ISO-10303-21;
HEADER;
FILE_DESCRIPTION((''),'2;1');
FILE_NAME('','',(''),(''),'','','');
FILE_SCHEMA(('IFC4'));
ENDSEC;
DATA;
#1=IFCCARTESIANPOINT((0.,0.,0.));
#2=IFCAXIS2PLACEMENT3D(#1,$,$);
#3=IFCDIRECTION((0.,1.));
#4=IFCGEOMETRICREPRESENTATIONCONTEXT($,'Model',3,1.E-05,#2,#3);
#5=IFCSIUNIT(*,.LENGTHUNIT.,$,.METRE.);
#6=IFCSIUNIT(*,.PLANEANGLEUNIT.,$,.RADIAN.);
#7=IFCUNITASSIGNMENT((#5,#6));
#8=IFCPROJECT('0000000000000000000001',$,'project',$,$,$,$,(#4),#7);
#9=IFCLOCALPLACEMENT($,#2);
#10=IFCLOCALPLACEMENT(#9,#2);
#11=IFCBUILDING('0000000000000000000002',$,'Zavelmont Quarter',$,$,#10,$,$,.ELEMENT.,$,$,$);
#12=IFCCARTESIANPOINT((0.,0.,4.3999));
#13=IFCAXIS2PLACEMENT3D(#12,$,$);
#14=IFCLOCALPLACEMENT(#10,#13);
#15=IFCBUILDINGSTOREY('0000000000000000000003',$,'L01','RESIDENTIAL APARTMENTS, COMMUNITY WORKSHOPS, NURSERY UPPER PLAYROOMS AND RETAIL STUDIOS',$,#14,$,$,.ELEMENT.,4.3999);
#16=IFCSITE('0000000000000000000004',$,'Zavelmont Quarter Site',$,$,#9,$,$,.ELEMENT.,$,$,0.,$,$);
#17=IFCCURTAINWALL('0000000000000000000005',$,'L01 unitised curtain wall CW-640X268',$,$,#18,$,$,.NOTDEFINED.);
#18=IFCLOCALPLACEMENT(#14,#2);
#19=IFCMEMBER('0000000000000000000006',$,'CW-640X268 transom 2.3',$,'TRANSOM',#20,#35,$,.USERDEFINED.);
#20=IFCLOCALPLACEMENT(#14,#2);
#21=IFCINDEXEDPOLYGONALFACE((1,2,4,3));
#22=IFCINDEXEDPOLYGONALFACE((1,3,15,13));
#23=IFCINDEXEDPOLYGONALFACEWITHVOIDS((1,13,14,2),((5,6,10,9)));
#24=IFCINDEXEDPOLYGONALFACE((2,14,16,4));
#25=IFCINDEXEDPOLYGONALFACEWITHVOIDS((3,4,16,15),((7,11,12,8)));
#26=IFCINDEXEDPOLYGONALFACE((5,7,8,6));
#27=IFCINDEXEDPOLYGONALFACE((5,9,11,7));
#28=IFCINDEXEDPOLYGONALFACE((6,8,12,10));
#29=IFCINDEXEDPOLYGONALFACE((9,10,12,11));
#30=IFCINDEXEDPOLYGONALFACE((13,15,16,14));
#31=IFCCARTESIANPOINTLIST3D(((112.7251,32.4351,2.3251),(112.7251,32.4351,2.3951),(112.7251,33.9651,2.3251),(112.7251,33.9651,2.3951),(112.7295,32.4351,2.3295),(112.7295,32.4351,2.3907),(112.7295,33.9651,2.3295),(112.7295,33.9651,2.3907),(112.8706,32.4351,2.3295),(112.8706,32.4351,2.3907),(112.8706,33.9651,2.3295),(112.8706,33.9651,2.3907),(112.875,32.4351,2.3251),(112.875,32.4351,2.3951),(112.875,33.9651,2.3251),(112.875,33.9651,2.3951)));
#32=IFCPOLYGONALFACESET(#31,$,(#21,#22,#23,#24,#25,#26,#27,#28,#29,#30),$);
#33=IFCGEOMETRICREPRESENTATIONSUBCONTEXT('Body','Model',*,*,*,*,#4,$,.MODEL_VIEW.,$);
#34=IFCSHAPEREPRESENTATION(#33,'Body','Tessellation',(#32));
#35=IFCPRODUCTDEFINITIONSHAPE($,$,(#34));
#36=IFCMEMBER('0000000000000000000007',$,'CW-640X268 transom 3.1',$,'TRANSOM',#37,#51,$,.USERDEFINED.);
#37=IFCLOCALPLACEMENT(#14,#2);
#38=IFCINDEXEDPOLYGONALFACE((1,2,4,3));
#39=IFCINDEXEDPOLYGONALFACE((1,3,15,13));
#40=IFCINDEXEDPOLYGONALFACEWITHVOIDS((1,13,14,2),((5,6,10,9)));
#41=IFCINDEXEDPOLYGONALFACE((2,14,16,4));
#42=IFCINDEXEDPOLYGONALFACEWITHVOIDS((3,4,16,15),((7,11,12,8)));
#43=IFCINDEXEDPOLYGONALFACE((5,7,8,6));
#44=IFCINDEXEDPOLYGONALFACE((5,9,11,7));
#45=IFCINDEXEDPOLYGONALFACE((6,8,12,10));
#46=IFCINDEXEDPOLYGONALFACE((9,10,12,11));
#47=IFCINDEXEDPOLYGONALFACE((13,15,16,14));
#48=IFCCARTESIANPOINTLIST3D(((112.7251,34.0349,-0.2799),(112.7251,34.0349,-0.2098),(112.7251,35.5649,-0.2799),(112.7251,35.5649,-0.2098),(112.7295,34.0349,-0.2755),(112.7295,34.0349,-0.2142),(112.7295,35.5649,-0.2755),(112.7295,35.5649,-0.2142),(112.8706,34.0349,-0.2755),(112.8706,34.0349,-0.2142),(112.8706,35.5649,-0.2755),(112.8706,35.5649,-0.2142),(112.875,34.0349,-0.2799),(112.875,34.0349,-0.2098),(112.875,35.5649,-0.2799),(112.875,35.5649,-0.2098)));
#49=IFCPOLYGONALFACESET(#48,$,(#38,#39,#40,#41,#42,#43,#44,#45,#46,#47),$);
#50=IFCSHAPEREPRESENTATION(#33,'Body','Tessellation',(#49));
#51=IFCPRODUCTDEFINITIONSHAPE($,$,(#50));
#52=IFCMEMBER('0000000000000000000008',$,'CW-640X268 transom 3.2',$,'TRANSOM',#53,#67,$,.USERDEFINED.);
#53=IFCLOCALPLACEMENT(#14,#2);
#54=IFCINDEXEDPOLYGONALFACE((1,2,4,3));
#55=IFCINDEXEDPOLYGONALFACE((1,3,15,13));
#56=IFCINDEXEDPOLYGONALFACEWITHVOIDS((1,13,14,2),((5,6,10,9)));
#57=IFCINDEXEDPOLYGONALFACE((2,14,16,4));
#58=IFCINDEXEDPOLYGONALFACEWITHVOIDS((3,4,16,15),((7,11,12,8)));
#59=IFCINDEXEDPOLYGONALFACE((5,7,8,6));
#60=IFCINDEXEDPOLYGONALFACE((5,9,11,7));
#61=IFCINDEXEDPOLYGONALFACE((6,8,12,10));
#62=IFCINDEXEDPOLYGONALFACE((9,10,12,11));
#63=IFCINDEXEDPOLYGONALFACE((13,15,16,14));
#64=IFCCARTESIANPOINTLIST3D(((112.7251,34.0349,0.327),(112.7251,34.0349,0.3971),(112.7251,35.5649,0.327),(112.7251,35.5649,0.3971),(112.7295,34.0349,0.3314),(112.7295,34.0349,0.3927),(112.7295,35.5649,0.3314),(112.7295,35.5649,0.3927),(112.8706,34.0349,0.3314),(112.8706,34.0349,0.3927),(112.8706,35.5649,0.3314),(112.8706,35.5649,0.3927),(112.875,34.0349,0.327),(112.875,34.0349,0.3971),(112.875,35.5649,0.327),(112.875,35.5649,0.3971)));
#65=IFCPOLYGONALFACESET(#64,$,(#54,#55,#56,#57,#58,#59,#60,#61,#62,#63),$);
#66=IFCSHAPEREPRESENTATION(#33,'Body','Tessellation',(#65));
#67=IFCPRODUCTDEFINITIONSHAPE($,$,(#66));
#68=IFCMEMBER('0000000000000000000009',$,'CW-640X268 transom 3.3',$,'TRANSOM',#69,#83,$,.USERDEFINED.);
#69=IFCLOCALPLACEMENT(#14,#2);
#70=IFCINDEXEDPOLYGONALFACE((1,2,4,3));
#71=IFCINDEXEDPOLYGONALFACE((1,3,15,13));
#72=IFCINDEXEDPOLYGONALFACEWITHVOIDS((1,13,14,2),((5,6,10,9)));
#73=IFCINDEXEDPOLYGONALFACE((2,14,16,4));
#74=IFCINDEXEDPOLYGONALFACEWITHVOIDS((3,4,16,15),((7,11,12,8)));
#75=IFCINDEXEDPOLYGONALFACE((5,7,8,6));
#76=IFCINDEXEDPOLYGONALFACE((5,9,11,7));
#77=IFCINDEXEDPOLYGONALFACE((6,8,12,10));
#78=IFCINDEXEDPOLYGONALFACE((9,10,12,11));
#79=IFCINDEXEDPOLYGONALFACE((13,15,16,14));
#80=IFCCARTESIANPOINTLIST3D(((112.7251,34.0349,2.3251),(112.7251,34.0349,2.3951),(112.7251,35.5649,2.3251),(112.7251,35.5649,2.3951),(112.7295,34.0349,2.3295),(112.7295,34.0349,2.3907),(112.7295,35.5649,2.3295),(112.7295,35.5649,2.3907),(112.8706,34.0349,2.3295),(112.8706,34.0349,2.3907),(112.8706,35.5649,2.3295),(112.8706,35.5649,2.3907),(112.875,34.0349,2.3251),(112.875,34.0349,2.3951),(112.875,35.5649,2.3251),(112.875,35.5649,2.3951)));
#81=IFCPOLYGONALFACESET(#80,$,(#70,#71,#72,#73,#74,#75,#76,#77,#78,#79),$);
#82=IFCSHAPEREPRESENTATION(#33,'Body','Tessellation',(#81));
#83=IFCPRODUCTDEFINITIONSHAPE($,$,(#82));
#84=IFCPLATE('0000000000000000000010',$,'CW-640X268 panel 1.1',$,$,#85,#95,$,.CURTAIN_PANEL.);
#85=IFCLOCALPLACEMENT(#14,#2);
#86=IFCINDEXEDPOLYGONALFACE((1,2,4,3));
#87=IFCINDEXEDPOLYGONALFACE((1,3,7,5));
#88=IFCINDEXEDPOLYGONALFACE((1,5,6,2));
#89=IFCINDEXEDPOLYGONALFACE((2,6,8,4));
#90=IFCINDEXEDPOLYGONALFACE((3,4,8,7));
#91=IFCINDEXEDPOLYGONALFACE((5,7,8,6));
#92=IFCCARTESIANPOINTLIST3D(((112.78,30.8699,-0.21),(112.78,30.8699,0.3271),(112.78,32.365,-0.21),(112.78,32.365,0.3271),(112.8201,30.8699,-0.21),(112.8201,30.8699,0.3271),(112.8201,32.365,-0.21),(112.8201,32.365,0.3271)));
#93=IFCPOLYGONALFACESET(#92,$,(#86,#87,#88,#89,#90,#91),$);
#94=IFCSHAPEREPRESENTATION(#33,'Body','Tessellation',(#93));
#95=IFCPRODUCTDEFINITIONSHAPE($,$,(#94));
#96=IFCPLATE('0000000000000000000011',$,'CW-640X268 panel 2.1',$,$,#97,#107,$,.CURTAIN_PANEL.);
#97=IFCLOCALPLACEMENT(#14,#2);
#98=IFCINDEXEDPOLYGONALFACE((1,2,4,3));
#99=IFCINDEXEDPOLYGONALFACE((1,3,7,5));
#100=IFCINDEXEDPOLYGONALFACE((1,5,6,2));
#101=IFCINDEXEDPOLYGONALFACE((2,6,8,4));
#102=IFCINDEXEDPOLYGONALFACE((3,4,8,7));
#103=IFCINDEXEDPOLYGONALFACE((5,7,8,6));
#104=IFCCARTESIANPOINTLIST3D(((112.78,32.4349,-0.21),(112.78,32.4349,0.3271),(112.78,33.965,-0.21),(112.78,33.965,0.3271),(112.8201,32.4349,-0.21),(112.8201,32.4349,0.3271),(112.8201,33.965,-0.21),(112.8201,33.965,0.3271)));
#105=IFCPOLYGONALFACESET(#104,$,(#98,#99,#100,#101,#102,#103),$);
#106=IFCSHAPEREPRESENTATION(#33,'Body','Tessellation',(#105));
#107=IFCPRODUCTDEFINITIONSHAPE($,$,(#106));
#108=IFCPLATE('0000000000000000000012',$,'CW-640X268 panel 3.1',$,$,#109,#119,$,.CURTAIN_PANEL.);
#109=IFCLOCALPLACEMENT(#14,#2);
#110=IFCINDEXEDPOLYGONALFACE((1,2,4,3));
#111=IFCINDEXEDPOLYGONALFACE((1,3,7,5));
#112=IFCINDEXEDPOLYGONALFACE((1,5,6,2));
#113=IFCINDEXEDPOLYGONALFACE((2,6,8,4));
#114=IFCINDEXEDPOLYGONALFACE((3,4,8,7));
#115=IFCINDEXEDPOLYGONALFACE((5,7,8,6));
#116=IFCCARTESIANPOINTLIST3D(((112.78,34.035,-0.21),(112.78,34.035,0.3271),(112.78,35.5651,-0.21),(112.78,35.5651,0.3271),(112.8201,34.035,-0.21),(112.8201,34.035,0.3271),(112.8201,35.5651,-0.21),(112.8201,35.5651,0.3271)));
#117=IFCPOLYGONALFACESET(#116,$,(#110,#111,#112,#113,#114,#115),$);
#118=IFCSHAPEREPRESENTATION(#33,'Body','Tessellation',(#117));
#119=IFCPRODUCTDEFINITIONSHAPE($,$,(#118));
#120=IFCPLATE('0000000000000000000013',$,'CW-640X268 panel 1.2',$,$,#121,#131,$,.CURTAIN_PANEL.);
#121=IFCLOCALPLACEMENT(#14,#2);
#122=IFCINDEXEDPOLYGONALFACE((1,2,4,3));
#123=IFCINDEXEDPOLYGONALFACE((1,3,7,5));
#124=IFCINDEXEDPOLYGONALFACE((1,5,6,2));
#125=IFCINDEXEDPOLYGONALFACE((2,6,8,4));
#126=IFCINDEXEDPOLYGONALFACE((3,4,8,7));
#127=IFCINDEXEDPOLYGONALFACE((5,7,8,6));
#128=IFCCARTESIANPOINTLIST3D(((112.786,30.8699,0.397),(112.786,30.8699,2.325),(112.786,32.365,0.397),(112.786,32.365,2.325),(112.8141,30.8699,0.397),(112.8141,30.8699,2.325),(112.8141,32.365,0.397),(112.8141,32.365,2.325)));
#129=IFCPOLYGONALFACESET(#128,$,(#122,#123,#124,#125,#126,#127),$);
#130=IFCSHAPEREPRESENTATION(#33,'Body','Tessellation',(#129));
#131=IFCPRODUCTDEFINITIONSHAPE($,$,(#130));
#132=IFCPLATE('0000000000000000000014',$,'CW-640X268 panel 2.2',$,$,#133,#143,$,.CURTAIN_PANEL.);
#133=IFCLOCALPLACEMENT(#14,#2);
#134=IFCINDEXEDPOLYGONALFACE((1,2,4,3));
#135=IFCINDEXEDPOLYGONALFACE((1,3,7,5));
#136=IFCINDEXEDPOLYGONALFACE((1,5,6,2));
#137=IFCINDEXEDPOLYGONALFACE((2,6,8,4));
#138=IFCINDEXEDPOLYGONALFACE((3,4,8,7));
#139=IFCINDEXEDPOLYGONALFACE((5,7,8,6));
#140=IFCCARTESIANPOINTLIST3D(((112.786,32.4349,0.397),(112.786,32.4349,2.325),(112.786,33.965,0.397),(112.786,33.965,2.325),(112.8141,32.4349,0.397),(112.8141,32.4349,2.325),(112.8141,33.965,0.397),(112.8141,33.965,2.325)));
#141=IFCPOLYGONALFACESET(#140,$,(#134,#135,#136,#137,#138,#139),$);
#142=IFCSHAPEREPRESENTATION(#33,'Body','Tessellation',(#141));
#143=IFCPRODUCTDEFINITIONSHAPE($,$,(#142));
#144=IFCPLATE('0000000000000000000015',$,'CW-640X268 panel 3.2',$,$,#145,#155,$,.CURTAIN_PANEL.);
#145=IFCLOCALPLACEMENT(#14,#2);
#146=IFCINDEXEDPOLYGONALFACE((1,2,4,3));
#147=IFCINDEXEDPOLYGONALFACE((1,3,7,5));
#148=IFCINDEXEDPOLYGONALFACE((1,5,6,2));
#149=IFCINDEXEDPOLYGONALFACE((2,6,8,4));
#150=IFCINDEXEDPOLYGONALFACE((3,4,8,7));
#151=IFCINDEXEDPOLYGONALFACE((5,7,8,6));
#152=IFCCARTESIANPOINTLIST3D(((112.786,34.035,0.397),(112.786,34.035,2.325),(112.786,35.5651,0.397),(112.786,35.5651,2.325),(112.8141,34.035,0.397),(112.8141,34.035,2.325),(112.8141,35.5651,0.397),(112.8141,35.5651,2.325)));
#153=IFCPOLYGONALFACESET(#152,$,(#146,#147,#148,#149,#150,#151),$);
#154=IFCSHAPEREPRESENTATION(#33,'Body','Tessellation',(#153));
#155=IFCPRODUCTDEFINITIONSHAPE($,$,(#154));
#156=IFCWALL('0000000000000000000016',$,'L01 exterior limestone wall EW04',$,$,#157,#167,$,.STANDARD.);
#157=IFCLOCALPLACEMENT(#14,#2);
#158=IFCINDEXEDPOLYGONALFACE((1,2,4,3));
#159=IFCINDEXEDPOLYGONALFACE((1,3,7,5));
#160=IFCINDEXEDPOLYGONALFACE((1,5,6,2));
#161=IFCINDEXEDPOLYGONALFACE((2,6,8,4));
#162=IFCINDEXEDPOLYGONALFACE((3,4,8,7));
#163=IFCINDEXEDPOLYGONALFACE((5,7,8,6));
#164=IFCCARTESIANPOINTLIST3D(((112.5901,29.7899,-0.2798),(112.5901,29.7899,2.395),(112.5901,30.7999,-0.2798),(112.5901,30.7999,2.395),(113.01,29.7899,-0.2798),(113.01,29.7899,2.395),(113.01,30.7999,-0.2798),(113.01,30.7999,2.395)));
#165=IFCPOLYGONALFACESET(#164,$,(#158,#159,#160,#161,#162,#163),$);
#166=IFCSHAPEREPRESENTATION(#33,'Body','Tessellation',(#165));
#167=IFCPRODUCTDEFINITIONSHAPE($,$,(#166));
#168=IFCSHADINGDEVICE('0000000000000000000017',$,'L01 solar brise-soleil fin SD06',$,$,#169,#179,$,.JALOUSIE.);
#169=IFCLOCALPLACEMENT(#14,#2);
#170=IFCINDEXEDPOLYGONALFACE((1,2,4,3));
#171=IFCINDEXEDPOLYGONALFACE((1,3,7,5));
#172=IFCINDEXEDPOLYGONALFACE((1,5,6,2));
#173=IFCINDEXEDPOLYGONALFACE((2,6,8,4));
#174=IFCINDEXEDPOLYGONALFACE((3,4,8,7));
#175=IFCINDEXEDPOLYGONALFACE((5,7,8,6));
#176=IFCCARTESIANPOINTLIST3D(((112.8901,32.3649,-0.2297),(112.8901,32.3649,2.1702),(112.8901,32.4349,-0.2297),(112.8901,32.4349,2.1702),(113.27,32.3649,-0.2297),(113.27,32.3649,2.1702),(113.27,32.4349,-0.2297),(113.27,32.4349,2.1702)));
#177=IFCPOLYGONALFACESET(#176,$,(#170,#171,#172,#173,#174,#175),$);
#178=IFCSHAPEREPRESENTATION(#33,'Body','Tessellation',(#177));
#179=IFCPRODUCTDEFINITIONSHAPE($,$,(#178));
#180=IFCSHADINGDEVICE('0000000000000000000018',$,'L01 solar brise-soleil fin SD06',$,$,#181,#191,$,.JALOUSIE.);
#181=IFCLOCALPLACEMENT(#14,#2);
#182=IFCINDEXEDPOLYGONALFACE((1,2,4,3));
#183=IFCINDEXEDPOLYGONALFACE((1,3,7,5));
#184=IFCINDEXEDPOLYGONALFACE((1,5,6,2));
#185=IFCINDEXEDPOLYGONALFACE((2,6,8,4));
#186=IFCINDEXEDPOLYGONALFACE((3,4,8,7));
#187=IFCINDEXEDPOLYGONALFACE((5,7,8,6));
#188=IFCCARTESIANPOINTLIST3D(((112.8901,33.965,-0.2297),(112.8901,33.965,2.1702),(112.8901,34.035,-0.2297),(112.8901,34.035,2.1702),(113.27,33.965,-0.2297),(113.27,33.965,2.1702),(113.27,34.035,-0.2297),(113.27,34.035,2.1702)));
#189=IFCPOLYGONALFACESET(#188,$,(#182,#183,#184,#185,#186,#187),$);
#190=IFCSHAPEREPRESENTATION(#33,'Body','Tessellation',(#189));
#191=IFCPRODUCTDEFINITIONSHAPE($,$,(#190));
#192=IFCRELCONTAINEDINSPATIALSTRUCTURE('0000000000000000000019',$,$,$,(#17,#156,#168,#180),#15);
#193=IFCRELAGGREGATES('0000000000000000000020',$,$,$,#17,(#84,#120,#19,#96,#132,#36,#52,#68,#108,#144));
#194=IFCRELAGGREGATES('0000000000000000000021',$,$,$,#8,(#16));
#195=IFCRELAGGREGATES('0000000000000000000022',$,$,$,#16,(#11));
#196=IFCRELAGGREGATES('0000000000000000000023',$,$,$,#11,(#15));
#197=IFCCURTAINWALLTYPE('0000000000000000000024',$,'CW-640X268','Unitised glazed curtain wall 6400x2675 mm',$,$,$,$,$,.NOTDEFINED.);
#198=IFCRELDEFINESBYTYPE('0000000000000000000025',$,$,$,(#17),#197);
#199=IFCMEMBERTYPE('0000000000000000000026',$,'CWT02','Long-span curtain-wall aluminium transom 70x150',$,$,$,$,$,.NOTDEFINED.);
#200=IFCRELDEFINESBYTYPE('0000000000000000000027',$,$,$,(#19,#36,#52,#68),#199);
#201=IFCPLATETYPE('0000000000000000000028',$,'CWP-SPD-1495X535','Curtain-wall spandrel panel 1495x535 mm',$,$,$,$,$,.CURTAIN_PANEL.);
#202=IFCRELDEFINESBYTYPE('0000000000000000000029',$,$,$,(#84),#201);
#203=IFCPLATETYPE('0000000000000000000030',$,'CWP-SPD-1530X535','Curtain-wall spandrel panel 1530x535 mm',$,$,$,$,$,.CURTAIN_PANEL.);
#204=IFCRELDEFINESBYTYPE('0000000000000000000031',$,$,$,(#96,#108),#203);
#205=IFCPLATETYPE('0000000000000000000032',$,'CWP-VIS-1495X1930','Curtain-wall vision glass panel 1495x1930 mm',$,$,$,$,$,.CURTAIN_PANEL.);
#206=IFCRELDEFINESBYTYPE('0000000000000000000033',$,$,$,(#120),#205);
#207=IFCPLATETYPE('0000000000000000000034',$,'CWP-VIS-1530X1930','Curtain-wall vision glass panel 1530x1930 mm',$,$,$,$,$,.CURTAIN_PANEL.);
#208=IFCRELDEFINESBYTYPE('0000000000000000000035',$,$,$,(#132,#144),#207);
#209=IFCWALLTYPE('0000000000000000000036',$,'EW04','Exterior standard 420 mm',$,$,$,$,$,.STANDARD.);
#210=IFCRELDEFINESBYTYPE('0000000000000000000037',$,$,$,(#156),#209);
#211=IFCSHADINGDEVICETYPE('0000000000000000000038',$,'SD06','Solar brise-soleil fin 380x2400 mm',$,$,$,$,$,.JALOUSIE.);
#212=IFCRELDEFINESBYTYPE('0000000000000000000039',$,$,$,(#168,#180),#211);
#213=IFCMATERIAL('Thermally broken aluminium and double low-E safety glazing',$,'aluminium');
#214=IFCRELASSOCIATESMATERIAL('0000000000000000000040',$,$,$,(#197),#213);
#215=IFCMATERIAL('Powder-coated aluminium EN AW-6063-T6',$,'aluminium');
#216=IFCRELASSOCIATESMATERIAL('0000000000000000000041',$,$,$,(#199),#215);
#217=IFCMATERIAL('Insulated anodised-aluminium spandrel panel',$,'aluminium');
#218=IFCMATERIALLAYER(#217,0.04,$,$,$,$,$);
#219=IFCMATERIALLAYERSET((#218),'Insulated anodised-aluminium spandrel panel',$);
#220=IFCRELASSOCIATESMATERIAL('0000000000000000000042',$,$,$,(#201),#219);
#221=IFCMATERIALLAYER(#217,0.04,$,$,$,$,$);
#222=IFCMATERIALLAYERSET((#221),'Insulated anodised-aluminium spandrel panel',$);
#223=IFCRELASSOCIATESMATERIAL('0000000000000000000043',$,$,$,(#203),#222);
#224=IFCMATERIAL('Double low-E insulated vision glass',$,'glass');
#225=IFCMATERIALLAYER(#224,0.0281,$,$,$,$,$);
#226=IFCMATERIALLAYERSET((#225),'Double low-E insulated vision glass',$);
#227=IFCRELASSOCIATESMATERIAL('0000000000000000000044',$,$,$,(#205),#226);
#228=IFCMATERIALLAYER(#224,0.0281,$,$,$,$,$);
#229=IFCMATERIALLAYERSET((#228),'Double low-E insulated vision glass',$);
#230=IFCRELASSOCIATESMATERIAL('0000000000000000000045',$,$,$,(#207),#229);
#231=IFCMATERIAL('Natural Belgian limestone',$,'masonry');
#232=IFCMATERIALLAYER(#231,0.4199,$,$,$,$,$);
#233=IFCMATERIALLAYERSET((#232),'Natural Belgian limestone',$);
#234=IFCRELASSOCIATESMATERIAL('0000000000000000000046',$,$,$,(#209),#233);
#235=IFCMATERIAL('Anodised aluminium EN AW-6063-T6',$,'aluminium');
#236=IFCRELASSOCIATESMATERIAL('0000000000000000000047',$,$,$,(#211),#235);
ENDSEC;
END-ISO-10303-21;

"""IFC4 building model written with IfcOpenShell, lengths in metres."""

from ifc_helpers import new_model, si_unit, direction, frame, frame_2d, origin, origin_2d, place, context, subcontext, project, spatial, rectangle, hollow_rectangle, extrude, material, layer, layer_set, material_profile, profile_set, type_object, element, aggregate, save


model = new_model("IFC4")

# Units and contexts
model_context = context("Model", 3, precision=1e-05, world=origin(), true_north=direction((0.0, 1.0)))
body_context = subcontext(model_context, "Body", "Model", "MODEL_VIEW")
ifc_project = project(units=[si_unit("LENGTHUNIT", "METRE"), si_unit("PLANEANGLEUNIT", "RADIAN")], contexts=[model_context])

# Site, building, storey
site_placement = place(None, origin())
site = spatial("IfcSite", under=ifc_project, at=site_placement, Name="Zavelmont Quarter Site", CompositionType="ELEMENT", RefElevation=0.0)
building_placement = place(site_placement, origin())
building = spatial("IfcBuilding", under=site, at=building_placement, Name="Zavelmont Quarter", CompositionType="ELEMENT")
storey_placement = place(building_placement, frame((0.0, 0.0, 4.3999)))
storey = spatial("IfcBuildingStorey", under=building, at=storey_placement, Name="L01", Description="RESIDENTIAL APARTMENTS, COMMUNITY WORKSHOPS, NURSERY UPPER PLAYROOMS AND RETAIL STUDIOS", CompositionType="ELEMENT", Elevation=4.3999)

# Curtain wall, members, plates
ifc_material_1 = material(Name="Thermally broken aluminium and double low-E safety glazing", Category="aluminium")
curtain_wall_type = type_object("IfcCurtainWallType", Name="CW-640X268", Description="Unitised glazed curtain wall 6400x2675 mm", PredefinedType="NOTDEFINED", material=ifc_material_1)
curtain_wall_placement = place(storey_placement, origin())
curtain_wall = element("IfcCurtainWall", 1, at=curtain_wall_placement, inside=storey, type_object=curtain_wall_type, Name="L01 unitised curtain wall CW-640X268", PredefinedType="NOTDEFINED")
ifc_material_2 = material(Name="Powder-coated aluminium EN AW-6063-T6", Category="aluminium")
ifc_material_profile_1 = material_profile(ifc_material_2, hollow_rectangle(XDim=0.1499, YDim=0.0701, WallThickness=0.0044, at=origin_2d()), Name="CWT70X150")
ifc_profile_set_1 = profile_set([ifc_material_profile_1], Name="Powder-coated aluminium EN AW-6063-T6")
member_type_1 = type_object("IfcMemberType", Name="CWT02", Description="Long-span curtain-wall aluminium transom 70x150", PredefinedType="NOTDEFINED", material=ifc_profile_set_1)
member_1_placement = place(storey_placement, frame((112.8, 32.4351, 2.3601), z_axis=(0.0, 1.0, 0.0), x_axis=(-1.0, 0.0, 0.0)))
member_1 = element("IfcMember", 2, at=member_1_placement, type_object=member_type_1, Name="CW-640X268 transom 2.3", ObjectType="TRANSOM", PredefinedType="USERDEFINED", context=body_context, shape_type="SweptSolid", body=[
    extrude(hollow_rectangle(XDim=0.1499, YDim=0.0701, WallThickness=0.0044, at=origin_2d()), origin(), (0.0, 0.0, 1.0), 1.53),
])
member_2_placement = place(storey_placement, frame((112.8, 34.0349, -0.2449), z_axis=(0.0, 1.0, 0.0), x_axis=(-1.0, 0.0, 0.0)))
member_2 = element("IfcMember", 3, at=member_2_placement, type_object=member_type_1, Name="CW-640X268 transom 3.1", ObjectType="TRANSOM", PredefinedType="USERDEFINED", context=body_context, shape_type="SweptSolid", body=[
    extrude(hollow_rectangle(XDim=0.1499, YDim=0.0701, WallThickness=0.0044, at=origin_2d()), origin(), (0.0, 0.0, 1.0), 1.53),
])
member_3_placement = place(storey_placement, frame((112.8, 34.0349, 0.3621), z_axis=(0.0, 1.0, 0.0), x_axis=(-1.0, 0.0, 0.0)))
member_3 = element("IfcMember", 4, at=member_3_placement, type_object=member_type_1, Name="CW-640X268 transom 3.2", ObjectType="TRANSOM", PredefinedType="USERDEFINED", context=body_context, shape_type="SweptSolid", body=[
    extrude(hollow_rectangle(XDim=0.1499, YDim=0.0701, WallThickness=0.0044, at=origin_2d()), origin(), (0.0, 0.0, 1.0), 1.53),
])
member_4_placement = place(storey_placement, frame((112.8, 34.0349, 2.3601), z_axis=(0.0, 1.0, 0.0), x_axis=(-1.0, 0.0, 0.0)))
member_4 = element("IfcMember", 5, at=member_4_placement, type_object=member_type_1, Name="CW-640X268 transom 3.3", ObjectType="TRANSOM", PredefinedType="USERDEFINED", context=body_context, shape_type="SweptSolid", body=[
    extrude(hollow_rectangle(XDim=0.1499, YDim=0.0701, WallThickness=0.0044, at=origin_2d()), origin(), (0.0, 0.0, 1.0), 1.53),
])
ifc_material_3 = material(Name="Insulated anodised-aluminium spandrel panel", Category="aluminium")
ifc_layer_1 = layer(ifc_material_3, 0.04)
ifc_layer_set_1 = layer_set([ifc_layer_1], Name="Insulated anodised-aluminium spandrel panel")
plate_type_1 = type_object("IfcPlateType", Name="CWP-SPD-1495X535", Description="Curtain-wall spandrel panel 1495x535 mm", PredefinedType="CURTAIN_PANEL", material=ifc_layer_set_1)
plate_1_placement = place(storey_placement, frame((112.8, 31.6174, -0.21), z_axis=(0.0, 0.0, 1.0), x_axis=(0.0, 1.0, 0.0)))
plate_1 = element("IfcPlate", 6, at=plate_1_placement, type_object=plate_type_1, Name="CW-640X268 panel 1.1", PredefinedType="CURTAIN_PANEL", context=body_context, shape_type="SweptSolid", body=[
    extrude(rectangle(XDim=1.4951, YDim=0.04, at=origin_2d()), origin(), (0.0, 0.0, 1.0), 0.5371),
])
ifc_layer_2 = layer(ifc_material_3, 0.04)
ifc_layer_set_2 = layer_set([ifc_layer_2], Name="Insulated anodised-aluminium spandrel panel")
plate_type_2 = type_object("IfcPlateType", Name="CWP-SPD-1530X535", Description="Curtain-wall spandrel panel 1530x535 mm", PredefinedType="CURTAIN_PANEL", material=ifc_layer_set_2)
plate_2_placement = place(storey_placement, frame((112.8, 33.2, -0.21), z_axis=(0.0, 0.0, 1.0), x_axis=(0.0, 1.0, 0.0)))
plate_2 = element("IfcPlate", 7, at=plate_2_placement, type_object=plate_type_2, Name="CW-640X268 panel 2.1", PredefinedType="CURTAIN_PANEL", context=body_context, shape_type="SweptSolid", body=[
    extrude(rectangle(XDim=1.53, YDim=0.04, at=origin_2d()), origin(), (0.0, 0.0, 1.0), 0.5371),
])
plate_3_placement = place(storey_placement, frame((112.8, 34.8, -0.21), z_axis=(0.0, 0.0, 1.0), x_axis=(0.0, 1.0, 0.0)))
plate_3 = element("IfcPlate", 8, at=plate_3_placement, type_object=plate_type_2, Name="CW-640X268 panel 3.1", PredefinedType="CURTAIN_PANEL", context=body_context, shape_type="SweptSolid", body=[
    extrude(rectangle(XDim=1.53, YDim=0.04, at=origin_2d()), origin(), (0.0, 0.0, 1.0), 0.5371),
])
ifc_material_4 = material(Name="Double low-E insulated vision glass", Category="glass")
ifc_layer_3 = layer(ifc_material_4, 0.0281)
ifc_layer_set_3 = layer_set([ifc_layer_3], Name="Double low-E insulated vision glass")
plate_type_3 = type_object("IfcPlateType", Name="CWP-VIS-1495X1930", Description="Curtain-wall vision glass panel 1495x1930 mm", PredefinedType="CURTAIN_PANEL", material=ifc_layer_set_3)
plate_4_placement = place(storey_placement, frame((112.8, 31.6174, 0.397), z_axis=(0.0, 0.0, 1.0), x_axis=(0.0, 1.0, 0.0)))
plate_4 = element("IfcPlate", 9, at=plate_4_placement, type_object=plate_type_3, Name="CW-640X268 panel 1.2", PredefinedType="CURTAIN_PANEL", context=body_context, shape_type="SweptSolid", body=[
    extrude(rectangle(XDim=1.4951, YDim=0.0281, at=origin_2d()), origin(), (0.0, 0.0, 1.0), 1.928),
])
ifc_layer_4 = layer(ifc_material_4, 0.0281)
ifc_layer_set_4 = layer_set([ifc_layer_4], Name="Double low-E insulated vision glass")
plate_type_4 = type_object("IfcPlateType", Name="CWP-VIS-1530X1930", Description="Curtain-wall vision glass panel 1530x1930 mm", PredefinedType="CURTAIN_PANEL", material=ifc_layer_set_4)
plate_5_placement = place(storey_placement, frame((112.8, 33.2, 0.397), z_axis=(0.0, 0.0, 1.0), x_axis=(0.0, 1.0, 0.0)))
plate_5 = element("IfcPlate", 10, at=plate_5_placement, type_object=plate_type_4, Name="CW-640X268 panel 2.2", PredefinedType="CURTAIN_PANEL", context=body_context, shape_type="SweptSolid", body=[
    extrude(rectangle(XDim=1.53, YDim=0.0281, at=origin_2d()), origin(), (0.0, 0.0, 1.0), 1.928),
])
plate_6_placement = place(storey_placement, frame((112.8, 34.8, 0.397), z_axis=(0.0, 0.0, 1.0), x_axis=(0.0, 1.0, 0.0)))
plate_6 = element("IfcPlate", 11, at=plate_6_placement, type_object=plate_type_4, Name="CW-640X268 panel 3.2", PredefinedType="CURTAIN_PANEL", context=body_context, shape_type="SweptSolid", body=[
    extrude(rectangle(XDim=1.53, YDim=0.0281, at=origin_2d()), origin(), (0.0, 0.0, 1.0), 1.928),
])
aggregate(curtain_wall, [plate_1, plate_4, member_1, plate_2, plate_5, member_2, member_3, member_4, plate_3, plate_6])

# Wall
ifc_material_5 = material(Name="Natural Belgian limestone", Category="masonry")
ifc_layer_5 = layer(ifc_material_5, 0.4199)
ifc_layer_set_5 = layer_set([ifc_layer_5], Name="Natural Belgian limestone")
wall_type = type_object("IfcWallType", Name="EW04", Description="Exterior standard 420 mm", PredefinedType="STANDARD", material=ifc_layer_set_5)
wall_placement = place(storey_placement, frame((112.8, 29.79, -0.2798), z_axis=(0.0, 0.0, 1.0), x_axis=(0.0, 1.0, 0.0)))
element("IfcWall", 12, at=wall_placement, inside=storey, type_object=wall_type, Name="L01 exterior limestone wall EW04", PredefinedType="STANDARD", context=body_context, shape_type="SweptSolid", body=[
    extrude(rectangle(XDim=1.01, YDim=0.4199, at=frame_2d((0.5049, 0.0))), origin(), (0.0, 0.0, 1.0), 2.6748),
])

# Shading devices
ifc_material_6 = material(Name="Anodised aluminium EN AW-6063-T6", Category="aluminium")
shading_device_type = type_object("IfcShadingDeviceType", Name="SD06", Description="Solar brise-soleil fin 380x2400 mm", PredefinedType="JALOUSIE", material=ifc_material_6)
for number, where, z_axis, x_axis, name in (
    (13, (113.0801, 32.3999, -0.2297), (0.0, 0.0, 1.0), (0.0, 1.0, 0.0), "L01 solar brise-soleil fin SD06"),
    (14, (113.0801, 34.0, -0.2297), (0.0, 0.0, 1.0), (0.0, 1.0, 0.0), "L01 solar brise-soleil fin SD06"),
):
    element("IfcShadingDevice", number, at=place(storey_placement, frame(where, z_axis=z_axis, x_axis=x_axis)), inside=storey, type_object=shading_device_type, Name=name, PredefinedType="JALOUSIE", context=body_context, shape_type="SweptSolid", body=[
        extrude(rectangle(XDim=0.0701, YDim=0.3799, at=origin_2d()), origin(), (0.0, 0.0, 1.0), 2.3999),
    ])

save(model, "model.ifc")
